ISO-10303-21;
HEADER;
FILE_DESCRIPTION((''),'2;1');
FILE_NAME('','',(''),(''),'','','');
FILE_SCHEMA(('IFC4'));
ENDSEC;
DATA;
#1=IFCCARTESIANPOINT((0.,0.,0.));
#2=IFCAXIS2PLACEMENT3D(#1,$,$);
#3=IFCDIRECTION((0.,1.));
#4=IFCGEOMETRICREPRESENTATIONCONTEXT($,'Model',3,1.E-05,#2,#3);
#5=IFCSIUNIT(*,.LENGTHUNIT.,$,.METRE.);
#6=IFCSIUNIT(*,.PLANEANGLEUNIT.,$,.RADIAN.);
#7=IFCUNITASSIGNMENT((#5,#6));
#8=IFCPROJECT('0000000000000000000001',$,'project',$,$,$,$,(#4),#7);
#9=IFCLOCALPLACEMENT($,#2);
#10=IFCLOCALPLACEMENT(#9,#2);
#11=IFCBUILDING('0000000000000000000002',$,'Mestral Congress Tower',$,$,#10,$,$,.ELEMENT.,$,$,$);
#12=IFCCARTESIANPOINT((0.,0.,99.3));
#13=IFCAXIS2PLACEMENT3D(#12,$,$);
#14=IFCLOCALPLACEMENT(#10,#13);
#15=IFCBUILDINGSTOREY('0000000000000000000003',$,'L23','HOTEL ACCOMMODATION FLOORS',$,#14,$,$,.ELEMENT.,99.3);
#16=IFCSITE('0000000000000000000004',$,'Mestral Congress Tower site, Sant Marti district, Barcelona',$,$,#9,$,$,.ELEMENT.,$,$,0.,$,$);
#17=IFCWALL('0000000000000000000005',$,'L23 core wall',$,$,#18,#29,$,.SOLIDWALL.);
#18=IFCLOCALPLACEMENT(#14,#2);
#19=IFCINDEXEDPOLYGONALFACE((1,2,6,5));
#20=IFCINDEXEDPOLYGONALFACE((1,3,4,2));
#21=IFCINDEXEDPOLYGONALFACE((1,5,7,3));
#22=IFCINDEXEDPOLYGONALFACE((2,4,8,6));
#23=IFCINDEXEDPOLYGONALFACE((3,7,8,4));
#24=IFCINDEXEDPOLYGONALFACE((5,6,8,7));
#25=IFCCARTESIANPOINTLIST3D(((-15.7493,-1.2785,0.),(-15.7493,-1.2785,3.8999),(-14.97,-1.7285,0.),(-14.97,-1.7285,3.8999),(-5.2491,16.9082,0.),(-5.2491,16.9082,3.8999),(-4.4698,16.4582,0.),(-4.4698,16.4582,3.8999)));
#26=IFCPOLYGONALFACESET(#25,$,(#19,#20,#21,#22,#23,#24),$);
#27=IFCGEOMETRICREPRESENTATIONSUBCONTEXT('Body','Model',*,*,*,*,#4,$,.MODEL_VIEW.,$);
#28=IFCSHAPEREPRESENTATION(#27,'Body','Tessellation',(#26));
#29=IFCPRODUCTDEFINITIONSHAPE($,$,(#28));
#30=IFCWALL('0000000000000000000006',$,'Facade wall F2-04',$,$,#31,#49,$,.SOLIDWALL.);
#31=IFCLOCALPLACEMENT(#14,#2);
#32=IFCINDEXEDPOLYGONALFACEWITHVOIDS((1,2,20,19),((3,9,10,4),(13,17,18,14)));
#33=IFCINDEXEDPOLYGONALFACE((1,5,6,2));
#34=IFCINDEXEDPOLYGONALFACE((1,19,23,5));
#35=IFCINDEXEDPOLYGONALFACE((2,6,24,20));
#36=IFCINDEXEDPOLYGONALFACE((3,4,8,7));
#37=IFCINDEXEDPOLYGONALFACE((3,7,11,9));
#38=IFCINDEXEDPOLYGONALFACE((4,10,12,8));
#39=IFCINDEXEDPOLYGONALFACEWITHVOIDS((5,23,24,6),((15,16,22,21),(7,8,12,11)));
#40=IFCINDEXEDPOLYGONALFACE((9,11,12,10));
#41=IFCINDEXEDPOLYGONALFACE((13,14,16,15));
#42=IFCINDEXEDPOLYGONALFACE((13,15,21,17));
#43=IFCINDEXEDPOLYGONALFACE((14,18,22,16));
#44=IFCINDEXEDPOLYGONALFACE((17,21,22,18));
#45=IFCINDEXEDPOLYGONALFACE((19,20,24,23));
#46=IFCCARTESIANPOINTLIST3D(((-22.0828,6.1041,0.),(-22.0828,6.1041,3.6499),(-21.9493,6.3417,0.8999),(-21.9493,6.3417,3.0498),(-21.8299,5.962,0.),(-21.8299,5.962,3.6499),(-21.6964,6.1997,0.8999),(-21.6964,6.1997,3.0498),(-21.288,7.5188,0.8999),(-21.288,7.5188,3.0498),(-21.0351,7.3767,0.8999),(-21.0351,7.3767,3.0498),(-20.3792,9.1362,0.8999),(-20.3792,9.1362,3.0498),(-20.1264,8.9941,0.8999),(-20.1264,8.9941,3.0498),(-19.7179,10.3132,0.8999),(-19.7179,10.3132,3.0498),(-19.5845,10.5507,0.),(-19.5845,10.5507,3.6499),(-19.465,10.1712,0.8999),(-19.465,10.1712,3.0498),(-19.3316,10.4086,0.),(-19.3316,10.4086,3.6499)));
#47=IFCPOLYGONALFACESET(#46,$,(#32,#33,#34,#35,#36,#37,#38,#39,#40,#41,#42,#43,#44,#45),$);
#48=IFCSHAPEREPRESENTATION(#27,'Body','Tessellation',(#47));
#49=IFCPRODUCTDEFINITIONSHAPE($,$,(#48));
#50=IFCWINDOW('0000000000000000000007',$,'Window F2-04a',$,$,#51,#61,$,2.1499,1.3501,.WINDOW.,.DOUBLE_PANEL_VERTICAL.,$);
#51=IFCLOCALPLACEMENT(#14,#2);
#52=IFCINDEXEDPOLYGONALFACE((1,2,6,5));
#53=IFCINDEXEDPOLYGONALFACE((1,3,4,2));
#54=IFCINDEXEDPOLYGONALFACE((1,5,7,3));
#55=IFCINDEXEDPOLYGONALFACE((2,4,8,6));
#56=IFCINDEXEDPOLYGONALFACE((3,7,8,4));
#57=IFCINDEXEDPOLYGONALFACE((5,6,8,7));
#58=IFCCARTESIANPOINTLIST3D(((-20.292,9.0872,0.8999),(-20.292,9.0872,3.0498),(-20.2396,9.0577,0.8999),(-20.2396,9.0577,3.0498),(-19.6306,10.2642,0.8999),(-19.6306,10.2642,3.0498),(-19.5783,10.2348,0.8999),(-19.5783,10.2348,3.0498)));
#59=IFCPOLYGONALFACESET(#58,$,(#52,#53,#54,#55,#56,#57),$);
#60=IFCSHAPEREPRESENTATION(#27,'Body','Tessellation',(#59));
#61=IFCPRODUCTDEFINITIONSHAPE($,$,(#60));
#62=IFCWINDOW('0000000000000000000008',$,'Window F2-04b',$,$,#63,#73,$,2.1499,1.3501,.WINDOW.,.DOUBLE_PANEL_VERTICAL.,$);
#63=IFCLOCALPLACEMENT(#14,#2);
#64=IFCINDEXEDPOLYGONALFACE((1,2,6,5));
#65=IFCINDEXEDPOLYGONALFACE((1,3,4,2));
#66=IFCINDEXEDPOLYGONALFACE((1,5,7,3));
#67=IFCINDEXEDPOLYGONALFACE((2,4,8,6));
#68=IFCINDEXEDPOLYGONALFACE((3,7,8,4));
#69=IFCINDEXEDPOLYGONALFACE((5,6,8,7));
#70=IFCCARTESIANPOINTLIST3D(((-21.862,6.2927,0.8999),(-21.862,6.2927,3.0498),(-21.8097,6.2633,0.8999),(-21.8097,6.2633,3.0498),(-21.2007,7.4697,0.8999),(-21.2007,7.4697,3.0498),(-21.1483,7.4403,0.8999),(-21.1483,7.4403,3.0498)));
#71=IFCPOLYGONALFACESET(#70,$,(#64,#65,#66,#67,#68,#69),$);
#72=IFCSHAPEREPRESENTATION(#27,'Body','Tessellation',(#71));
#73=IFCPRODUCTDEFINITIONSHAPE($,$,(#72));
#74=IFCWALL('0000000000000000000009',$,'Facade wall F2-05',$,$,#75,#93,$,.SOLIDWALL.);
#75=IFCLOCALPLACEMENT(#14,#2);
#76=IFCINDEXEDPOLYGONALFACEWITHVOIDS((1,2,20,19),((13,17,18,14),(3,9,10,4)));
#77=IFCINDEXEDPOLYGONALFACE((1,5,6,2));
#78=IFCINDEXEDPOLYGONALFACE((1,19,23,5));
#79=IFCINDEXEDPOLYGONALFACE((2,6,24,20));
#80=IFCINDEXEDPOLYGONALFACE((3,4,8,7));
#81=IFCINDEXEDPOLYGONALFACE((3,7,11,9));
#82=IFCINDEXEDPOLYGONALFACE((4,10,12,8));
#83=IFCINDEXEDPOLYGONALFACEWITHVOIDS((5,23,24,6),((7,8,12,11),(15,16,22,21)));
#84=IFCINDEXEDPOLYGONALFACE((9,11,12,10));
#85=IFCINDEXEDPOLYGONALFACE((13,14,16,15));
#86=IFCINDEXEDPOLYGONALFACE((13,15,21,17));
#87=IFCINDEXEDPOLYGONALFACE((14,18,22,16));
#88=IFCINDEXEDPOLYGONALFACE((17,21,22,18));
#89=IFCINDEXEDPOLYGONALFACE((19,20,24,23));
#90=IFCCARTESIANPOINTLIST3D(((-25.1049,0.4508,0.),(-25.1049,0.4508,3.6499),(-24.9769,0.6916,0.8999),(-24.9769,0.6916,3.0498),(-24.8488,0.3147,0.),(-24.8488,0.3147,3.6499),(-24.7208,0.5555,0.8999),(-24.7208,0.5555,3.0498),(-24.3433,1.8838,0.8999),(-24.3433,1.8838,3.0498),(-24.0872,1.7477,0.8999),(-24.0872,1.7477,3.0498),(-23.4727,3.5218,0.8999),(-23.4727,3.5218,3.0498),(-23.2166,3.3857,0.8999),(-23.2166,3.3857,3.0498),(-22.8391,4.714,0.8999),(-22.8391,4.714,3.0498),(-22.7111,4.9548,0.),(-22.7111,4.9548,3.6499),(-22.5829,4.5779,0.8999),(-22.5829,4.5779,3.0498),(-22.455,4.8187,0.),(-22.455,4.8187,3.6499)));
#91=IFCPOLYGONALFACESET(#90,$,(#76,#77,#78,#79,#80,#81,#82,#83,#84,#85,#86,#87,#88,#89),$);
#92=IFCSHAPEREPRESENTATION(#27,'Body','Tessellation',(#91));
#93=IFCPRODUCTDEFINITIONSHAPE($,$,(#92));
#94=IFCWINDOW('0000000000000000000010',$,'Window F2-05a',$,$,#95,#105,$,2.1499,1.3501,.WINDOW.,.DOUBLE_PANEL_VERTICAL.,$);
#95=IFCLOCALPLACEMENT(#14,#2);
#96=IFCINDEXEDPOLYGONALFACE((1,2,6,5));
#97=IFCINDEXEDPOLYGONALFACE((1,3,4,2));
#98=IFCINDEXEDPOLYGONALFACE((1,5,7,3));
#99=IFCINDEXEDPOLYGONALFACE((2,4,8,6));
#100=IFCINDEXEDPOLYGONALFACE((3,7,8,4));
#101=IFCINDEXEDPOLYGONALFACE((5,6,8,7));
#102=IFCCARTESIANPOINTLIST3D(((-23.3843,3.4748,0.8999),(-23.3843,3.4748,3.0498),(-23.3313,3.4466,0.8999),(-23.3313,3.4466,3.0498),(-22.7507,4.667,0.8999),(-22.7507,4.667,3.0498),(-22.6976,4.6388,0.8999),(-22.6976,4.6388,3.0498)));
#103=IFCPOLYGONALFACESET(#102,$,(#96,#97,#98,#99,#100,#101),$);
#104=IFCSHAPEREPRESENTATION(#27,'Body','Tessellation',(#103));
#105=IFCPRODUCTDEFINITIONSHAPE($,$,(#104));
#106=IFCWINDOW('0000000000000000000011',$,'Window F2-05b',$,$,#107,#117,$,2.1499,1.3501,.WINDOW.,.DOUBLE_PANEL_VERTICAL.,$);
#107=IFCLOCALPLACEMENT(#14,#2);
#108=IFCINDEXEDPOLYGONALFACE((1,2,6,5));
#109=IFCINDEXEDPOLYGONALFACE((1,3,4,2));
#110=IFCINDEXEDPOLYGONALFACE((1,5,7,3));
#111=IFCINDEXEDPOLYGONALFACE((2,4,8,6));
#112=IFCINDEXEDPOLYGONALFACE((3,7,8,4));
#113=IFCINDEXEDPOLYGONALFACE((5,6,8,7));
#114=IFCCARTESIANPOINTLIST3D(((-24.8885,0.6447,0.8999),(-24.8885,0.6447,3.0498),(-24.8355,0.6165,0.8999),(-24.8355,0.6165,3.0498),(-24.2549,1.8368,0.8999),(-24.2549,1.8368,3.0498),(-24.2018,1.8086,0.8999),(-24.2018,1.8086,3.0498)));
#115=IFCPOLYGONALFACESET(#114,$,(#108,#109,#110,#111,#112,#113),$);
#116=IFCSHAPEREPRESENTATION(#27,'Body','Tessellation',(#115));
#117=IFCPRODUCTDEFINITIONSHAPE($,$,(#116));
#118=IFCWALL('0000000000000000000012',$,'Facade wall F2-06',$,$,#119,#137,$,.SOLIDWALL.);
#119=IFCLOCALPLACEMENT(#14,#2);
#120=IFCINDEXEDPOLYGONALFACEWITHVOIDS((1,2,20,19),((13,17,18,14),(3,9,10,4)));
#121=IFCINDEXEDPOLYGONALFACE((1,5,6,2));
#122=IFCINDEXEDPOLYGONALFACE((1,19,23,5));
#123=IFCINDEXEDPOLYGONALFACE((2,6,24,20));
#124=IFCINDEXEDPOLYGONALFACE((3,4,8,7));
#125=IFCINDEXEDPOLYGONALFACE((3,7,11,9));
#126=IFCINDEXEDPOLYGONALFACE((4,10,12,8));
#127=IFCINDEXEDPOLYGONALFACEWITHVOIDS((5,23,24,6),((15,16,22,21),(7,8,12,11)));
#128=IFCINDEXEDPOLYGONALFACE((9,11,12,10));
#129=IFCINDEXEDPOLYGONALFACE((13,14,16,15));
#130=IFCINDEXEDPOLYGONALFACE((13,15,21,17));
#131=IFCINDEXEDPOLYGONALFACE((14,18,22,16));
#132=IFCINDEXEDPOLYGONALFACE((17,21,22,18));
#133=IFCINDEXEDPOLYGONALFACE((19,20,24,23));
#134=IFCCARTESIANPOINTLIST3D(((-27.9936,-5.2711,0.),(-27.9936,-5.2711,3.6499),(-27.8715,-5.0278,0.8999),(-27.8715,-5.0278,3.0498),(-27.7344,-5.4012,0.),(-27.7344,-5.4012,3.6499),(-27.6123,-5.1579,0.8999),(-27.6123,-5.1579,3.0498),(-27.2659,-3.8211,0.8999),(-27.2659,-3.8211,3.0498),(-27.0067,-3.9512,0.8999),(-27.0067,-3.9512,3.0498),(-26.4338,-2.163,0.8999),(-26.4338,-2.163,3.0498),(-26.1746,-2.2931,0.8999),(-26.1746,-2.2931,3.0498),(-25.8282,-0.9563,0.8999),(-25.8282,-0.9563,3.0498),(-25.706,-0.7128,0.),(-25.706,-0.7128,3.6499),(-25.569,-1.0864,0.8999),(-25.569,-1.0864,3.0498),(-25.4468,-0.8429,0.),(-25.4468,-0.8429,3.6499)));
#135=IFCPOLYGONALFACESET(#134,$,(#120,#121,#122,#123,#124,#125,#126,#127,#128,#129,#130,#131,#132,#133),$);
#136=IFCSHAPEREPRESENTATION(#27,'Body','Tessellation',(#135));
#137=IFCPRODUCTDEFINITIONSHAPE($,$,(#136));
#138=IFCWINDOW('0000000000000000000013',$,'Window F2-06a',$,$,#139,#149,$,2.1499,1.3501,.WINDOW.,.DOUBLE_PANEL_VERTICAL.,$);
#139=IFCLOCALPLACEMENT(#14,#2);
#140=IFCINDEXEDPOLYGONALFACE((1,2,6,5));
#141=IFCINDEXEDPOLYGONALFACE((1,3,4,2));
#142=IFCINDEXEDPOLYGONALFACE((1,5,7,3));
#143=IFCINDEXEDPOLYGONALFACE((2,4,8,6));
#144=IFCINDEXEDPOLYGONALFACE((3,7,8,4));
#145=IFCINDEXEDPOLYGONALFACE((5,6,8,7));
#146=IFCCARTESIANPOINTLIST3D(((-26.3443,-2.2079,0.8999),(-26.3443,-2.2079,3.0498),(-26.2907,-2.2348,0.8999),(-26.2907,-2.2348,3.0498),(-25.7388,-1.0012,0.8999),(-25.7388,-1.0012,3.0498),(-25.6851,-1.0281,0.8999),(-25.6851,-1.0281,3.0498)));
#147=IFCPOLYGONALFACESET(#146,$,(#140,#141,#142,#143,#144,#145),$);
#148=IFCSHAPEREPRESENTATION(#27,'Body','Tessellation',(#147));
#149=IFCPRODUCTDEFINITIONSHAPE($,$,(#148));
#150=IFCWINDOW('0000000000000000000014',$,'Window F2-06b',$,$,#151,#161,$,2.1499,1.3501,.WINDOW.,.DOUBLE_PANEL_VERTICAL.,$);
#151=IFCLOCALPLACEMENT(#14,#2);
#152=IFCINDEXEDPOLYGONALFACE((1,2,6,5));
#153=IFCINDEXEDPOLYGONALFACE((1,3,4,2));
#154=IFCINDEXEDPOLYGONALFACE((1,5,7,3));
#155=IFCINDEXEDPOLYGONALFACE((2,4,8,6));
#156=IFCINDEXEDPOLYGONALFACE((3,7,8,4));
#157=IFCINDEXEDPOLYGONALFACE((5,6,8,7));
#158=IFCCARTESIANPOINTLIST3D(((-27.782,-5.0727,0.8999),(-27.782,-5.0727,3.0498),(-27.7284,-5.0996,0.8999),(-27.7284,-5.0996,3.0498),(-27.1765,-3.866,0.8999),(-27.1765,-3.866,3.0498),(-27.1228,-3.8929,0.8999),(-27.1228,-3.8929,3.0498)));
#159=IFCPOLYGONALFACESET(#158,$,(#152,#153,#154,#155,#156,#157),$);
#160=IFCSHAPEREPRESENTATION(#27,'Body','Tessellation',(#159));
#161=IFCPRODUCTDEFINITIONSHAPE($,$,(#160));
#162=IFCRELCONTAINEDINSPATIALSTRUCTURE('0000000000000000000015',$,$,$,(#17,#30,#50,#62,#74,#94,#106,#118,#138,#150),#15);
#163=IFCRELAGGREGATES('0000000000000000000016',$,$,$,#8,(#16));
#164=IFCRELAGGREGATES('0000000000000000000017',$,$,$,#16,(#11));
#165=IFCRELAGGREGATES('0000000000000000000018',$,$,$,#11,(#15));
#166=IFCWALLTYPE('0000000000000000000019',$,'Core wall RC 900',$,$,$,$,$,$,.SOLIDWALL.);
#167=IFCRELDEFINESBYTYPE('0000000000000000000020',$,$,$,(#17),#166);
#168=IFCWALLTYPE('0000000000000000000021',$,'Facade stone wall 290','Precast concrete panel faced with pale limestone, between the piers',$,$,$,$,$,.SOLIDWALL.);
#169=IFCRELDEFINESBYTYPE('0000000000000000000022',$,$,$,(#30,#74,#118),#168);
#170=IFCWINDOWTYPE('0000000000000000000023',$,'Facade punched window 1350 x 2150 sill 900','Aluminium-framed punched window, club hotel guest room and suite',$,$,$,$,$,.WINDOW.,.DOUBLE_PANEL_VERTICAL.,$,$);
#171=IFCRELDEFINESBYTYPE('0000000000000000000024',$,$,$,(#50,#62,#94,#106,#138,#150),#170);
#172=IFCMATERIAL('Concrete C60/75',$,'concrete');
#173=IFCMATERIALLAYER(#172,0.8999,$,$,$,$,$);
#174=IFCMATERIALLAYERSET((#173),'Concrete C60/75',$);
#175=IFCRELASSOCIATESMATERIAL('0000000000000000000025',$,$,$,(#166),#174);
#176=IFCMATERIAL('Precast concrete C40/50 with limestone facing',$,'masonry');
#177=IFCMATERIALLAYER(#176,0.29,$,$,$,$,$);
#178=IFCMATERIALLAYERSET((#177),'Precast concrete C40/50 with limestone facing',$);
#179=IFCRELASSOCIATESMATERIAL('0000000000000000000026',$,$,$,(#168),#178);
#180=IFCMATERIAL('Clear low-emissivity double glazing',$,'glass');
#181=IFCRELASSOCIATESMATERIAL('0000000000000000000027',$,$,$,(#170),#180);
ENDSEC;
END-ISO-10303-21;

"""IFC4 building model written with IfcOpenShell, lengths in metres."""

from ifc_helpers import new_model, si_unit, direction, frame, frame_2d, origin, place, context, subcontext, project, spatial, rectangle, extrude, material, layer, layer_set, type_object, element, fill, save


model = new_model("IFC4")

# Units and contexts
model_context = context("Model", 3, precision=1e-05, world=origin(), true_north=direction((0.0, 1.0)))
body_context = subcontext(model_context, "Body", "Model", "MODEL_VIEW")
ifc_project = project(units=[si_unit("LENGTHUNIT", "METRE"), si_unit("PLANEANGLEUNIT", "RADIAN")], contexts=[model_context])

# Site, building, storey
site_placement = place(None, origin())
site = spatial("IfcSite", under=ifc_project, at=site_placement, Name="Mestral Congress Tower site, Sant Marti district, Barcelona", CompositionType="ELEMENT", RefElevation=0.0)
building_placement = place(site_placement, origin())
building = spatial("IfcBuilding", under=site, at=building_placement, Name="Mestral Congress Tower", CompositionType="ELEMENT")
storey_placement = place(building_placement, frame((0.0, 0.0, 99.3)))
storey = spatial("IfcBuildingStorey", under=building, at=storey_placement, Name="L23", Description="HOTEL ACCOMMODATION FLOORS", CompositionType="ELEMENT", Elevation=99.3)

# Wall
ifc_material_1 = material(Name="Concrete C60/75", Category="concrete")
ifc_layer_1 = layer(ifc_material_1, 0.8999)
ifc_layer_set_1 = layer_set([ifc_layer_1], Name="Concrete C60/75")
wall_type_1 = type_object("IfcWallType", Name="Core wall RC 900", PredefinedType="SOLIDWALL", material=ifc_layer_set_1)
wall_1_placement = place(storey_placement, frame((-15.3596, -1.5034, 0.0), z_axis=(0.0, 0.0, 1.0), x_axis=(0.500004, 0.866023, 0.0)))
element("IfcWall", 1, at=wall_1_placement, inside=storey, type_object=wall_type_1, Name="L23 core wall", PredefinedType="SOLIDWALL", context=body_context, shape_type="SweptSolid", body=[
    extrude(rectangle(XDim=21.0002, YDim=0.8999, at=frame_2d((10.5, 0.0))), origin(), (0.0, 0.0, 1.0), 3.8999),
])

# Walls, openings, windows
ifc_material_2 = material(Name="Precast concrete C40/50 with limestone facing", Category="masonry")
ifc_layer_2 = layer(ifc_material_2, 0.29)
ifc_layer_set_2 = layer_set([ifc_layer_2], Name="Precast concrete C40/50 with limestone facing")
wall_type_2 = type_object("IfcWallType", Name="Facade stone wall 290", Description="Precast concrete panel faced with pale limestone, between the piers", PredefinedType="SOLIDWALL", material=ifc_layer_set_2)
wall_2_placement = place(storey_placement, frame((-19.458, 10.4797, 0.0), z_axis=(0.0, 0.0, 1.0), x_axis=(-0.489832, -0.871817, 0.0)))
wall_2 = element("IfcWall", 2, at=wall_2_placement, inside=storey, type_object=wall_type_2, Name="Facade wall F2-04", PredefinedType="SOLIDWALL", context=body_context, shape_type="SweptSolid", body=[
    extrude(rectangle(XDim=5.1003, YDim=0.29, at=frame_2d((2.5503, 0.0))), origin(), (0.0, 0.0, 1.0), 3.6499),
])
opening_1_placement = place(wall_2_placement, frame((0.2725, 0.0, 0.8999)))
opening_1 = element("IfcOpeningElement", 3, at=opening_1_placement, cuts=wall_2, PredefinedType="OPENING", context=body_context, shape_type="SweptSolid", body=[
    extrude(rectangle(XDim=1.3501, YDim=2.1499, at=frame_2d((0.675, 1.075))), frame((0.0, 0.155, 0.0), z_axis=(0.0, -1.0, 0.0), x_axis=(1.0, 0.0, 0.0)), (0.0, 0.0, 1.0), 0.3101),
])
opening_2_placement = place(wall_2_placement, frame((3.4778, 0.0, 0.8999)))
opening_2 = element("IfcOpeningElement", 4, at=opening_2_placement, cuts=wall_2, PredefinedType="OPENING", context=body_context, shape_type="SweptSolid", body=[
    extrude(rectangle(XDim=1.3501, YDim=2.1499, at=frame_2d((0.675, 1.075))), frame((0.0, 0.155, 0.0), z_axis=(0.0, -1.0, 0.0), x_axis=(1.0, 0.0, 0.0)), (0.0, 0.0, 1.0), 0.3101),
])
ifc_material_3 = material(Name="Clear low-emissivity double glazing", Category="glass")
window_type = type_object("IfcWindowType", Name="Facade punched window 1350 x 2150 sill 900", Description="Aluminium-framed punched window, club hotel guest room and suite", PartitioningType="DOUBLE_PANEL_VERTICAL", PredefinedType="WINDOW", material=ifc_material_3)
window_1_placement = place(opening_1_placement, origin())
window_1 = element("IfcWindow", 5, at=window_1_placement, inside=storey, type_object=window_type, Name="Window F2-04a", OverallHeight=2.1499, OverallWidth=1.3501, PartitioningType="DOUBLE_PANEL_VERTICAL", PredefinedType="WINDOW", context=body_context, shape_type="SweptSolid", body=[
    extrude(rectangle(XDim=1.3501, YDim=2.1499, at=frame_2d((0.675, 1.075))), frame((0.0, 0.0151, 0.0), z_axis=(0.0, -1.0, 0.0), x_axis=(1.0, 0.0, 0.0)), (0.0, 0.0, 1.0), 0.0601),
])
fill(opening_1, window_1)
window_2_placement = place(opening_2_placement, origin())
window_2 = element("IfcWindow", 6, at=window_2_placement, inside=storey, type_object=window_type, Name="Window F2-04b", OverallHeight=2.1499, OverallWidth=1.3501, PartitioningType="DOUBLE_PANEL_VERTICAL", PredefinedType="WINDOW", context=body_context, shape_type="SweptSolid", body=[
    extrude(rectangle(XDim=1.3501, YDim=2.1499, at=frame_2d((0.675, 1.075))), frame((0.0, 0.0151, 0.0), z_axis=(0.0, -1.0, 0.0), x_axis=(1.0, 0.0, 0.0)), (0.0, 0.0, 1.0), 0.0601),
])
fill(opening_2, window_2)
wall_3_placement = place(storey_placement, frame((-22.583, 4.8867, 0.0), z_axis=(0.0, 0.0, 1.0), x_axis=(-0.469323, -0.883026, 0.0)))
wall_3 = element("IfcWall", 7, at=wall_3_placement, inside=storey, type_object=wall_type_2, Name="Facade wall F2-05", PredefinedType="SOLIDWALL", context=body_context, shape_type="SweptSolid", body=[
    extrude(rectangle(XDim=5.1006, YDim=0.29, at=frame_2d((2.5503, 0.0))), origin(), (0.0, 0.0, 1.0), 3.6499),
])
opening_3_placement = place(wall_3_placement, frame((0.2727, 0.0, 0.8999)))
opening_3 = element("IfcOpeningElement", 8, at=opening_3_placement, cuts=wall_3, PredefinedType="OPENING", context=body_context, shape_type="SweptSolid", body=[
    extrude(rectangle(XDim=1.3501, YDim=2.1499, at=frame_2d((0.675, 1.075))), frame((0.0, 0.155, 0.0), z_axis=(0.0, -1.0, 0.0), x_axis=(1.0, 0.0, 0.0)), (0.0, 0.0, 1.0), 0.3101),
])
opening_4_placement = place(wall_3_placement, frame((3.4778, 0.0, 0.8999)))
opening_4 = element("IfcOpeningElement", 9, at=opening_4_placement, cuts=wall_3, PredefinedType="OPENING", context=body_context, shape_type="SweptSolid", body=[
    extrude(rectangle(XDim=1.3501, YDim=2.1499, at=frame_2d((0.675, 1.075))), frame((0.0, 0.155, 0.0), z_axis=(0.0, -1.0, 0.0), x_axis=(1.0, 0.0, 0.0)), (0.0, 0.0, 1.0), 0.3101),
])
window_3_placement = place(opening_3_placement, origin())
window_3 = element("IfcWindow", 10, at=window_3_placement, inside=storey, type_object=window_type, Name="Window F2-05a", OverallHeight=2.1499, OverallWidth=1.3501, PartitioningType="DOUBLE_PANEL_VERTICAL", PredefinedType="WINDOW", context=body_context, shape_type="SweptSolid", body=[
    extrude(rectangle(XDim=1.3501, YDim=2.1499, at=frame_2d((0.675, 1.075))), frame((0.0, 0.0151, 0.0), z_axis=(0.0, -1.0, 0.0), x_axis=(1.0, 0.0, 0.0)), (0.0, 0.0, 1.0), 0.0601),
])
fill(opening_3, window_3)
window_4_placement = place(opening_4_placement, origin())
window_4 = element("IfcWindow", 11, at=window_4_placement, inside=storey, type_object=window_type, Name="Window F2-05b", OverallHeight=2.1499, OverallWidth=1.3501, PartitioningType="DOUBLE_PANEL_VERTICAL", PredefinedType="WINDOW", context=body_context, shape_type="SweptSolid", body=[
    extrude(rectangle(XDim=1.3501, YDim=2.1499, at=frame_2d((0.675, 1.075))), frame((0.0, 0.0151, 0.0), z_axis=(0.0, -1.0, 0.0), x_axis=(1.0, 0.0, 0.0)), (0.0, 0.0, 1.0), 0.0601),
])
fill(opening_4, window_4)
wall_4_placement = place(storey_placement, frame((-25.5764, -0.7778, 0.0), z_axis=(0.0, 0.0, 1.0), x_axis=(-0.448534, -0.893766, 0.0)))
wall_4 = element("IfcWall", 12, at=wall_4_placement, inside=storey, type_object=wall_type_2, Name="Facade wall F2-06", PredefinedType="SOLIDWALL", context=body_context, shape_type="SweptSolid", body=[
    extrude(rectangle(XDim=5.1001, YDim=0.29, at=frame_2d((2.55, 0.0))), origin(), (0.0, 0.0, 1.0), 3.6499),
])
opening_5_placement = place(wall_4_placement, frame((0.2725, 0.0, 0.8999)))
opening_5 = element("IfcOpeningElement", 13, at=opening_5_placement, cuts=wall_4, PredefinedType="OPENING", context=body_context, shape_type="SweptSolid", body=[
    extrude(rectangle(XDim=1.3501, YDim=2.1499, at=frame_2d((0.675, 1.075))), frame((0.0, 0.155, 0.0), z_axis=(0.0, -1.0, 0.0), x_axis=(1.0, 0.0, 0.0)), (0.0, 0.0, 1.0), 0.3101),
])
opening_6_placement = place(wall_4_placement, frame((3.4778, 0.0, 0.8999)))
opening_6 = element("IfcOpeningElement", 14, at=opening_6_placement, cuts=wall_4, PredefinedType="OPENING", context=body_context, shape_type="SweptSolid", body=[
    extrude(rectangle(XDim=1.3501, YDim=2.1499, at=frame_2d((0.675, 1.075))), frame((0.0, 0.155, 0.0), z_axis=(0.0, -1.0, 0.0), x_axis=(1.0, 0.0, 0.0)), (0.0, 0.0, 1.0), 0.3101),
])
window_5_placement = place(opening_5_placement, origin())
window_5 = element("IfcWindow", 15, at=window_5_placement, inside=storey, type_object=window_type, Name="Window F2-06a", OverallHeight=2.1499, OverallWidth=1.3501, PartitioningType="DOUBLE_PANEL_VERTICAL", PredefinedType="WINDOW", context=body_context, shape_type="SweptSolid", body=[
    extrude(rectangle(XDim=1.3501, YDim=2.1499, at=frame_2d((0.675, 1.075))), frame((0.0, 0.0151, 0.0), z_axis=(0.0, -1.0, 0.0), x_axis=(1.0, 0.0, 0.0)), (0.0, 0.0, 1.0), 0.0601),
])
fill(opening_5, window_5)
window_6_placement = place(opening_6_placement, origin())
window_6 = element("IfcWindow", 16, at=window_6_placement, inside=storey, type_object=window_type, Name="Window F2-06b", OverallHeight=2.1499, OverallWidth=1.3501, PartitioningType="DOUBLE_PANEL_VERTICAL", PredefinedType="WINDOW", context=body_context, shape_type="SweptSolid", body=[
    extrude(rectangle(XDim=1.3501, YDim=2.1499, at=frame_2d((0.675, 1.075))), frame((0.0, 0.0151, 0.0), z_axis=(0.0, -1.0, 0.0), x_axis=(1.0, 0.0, 0.0)), (0.0, 0.0, 1.0), 0.0601),
])
fill(opening_6, window_6)

save(model, "model.ifc")
